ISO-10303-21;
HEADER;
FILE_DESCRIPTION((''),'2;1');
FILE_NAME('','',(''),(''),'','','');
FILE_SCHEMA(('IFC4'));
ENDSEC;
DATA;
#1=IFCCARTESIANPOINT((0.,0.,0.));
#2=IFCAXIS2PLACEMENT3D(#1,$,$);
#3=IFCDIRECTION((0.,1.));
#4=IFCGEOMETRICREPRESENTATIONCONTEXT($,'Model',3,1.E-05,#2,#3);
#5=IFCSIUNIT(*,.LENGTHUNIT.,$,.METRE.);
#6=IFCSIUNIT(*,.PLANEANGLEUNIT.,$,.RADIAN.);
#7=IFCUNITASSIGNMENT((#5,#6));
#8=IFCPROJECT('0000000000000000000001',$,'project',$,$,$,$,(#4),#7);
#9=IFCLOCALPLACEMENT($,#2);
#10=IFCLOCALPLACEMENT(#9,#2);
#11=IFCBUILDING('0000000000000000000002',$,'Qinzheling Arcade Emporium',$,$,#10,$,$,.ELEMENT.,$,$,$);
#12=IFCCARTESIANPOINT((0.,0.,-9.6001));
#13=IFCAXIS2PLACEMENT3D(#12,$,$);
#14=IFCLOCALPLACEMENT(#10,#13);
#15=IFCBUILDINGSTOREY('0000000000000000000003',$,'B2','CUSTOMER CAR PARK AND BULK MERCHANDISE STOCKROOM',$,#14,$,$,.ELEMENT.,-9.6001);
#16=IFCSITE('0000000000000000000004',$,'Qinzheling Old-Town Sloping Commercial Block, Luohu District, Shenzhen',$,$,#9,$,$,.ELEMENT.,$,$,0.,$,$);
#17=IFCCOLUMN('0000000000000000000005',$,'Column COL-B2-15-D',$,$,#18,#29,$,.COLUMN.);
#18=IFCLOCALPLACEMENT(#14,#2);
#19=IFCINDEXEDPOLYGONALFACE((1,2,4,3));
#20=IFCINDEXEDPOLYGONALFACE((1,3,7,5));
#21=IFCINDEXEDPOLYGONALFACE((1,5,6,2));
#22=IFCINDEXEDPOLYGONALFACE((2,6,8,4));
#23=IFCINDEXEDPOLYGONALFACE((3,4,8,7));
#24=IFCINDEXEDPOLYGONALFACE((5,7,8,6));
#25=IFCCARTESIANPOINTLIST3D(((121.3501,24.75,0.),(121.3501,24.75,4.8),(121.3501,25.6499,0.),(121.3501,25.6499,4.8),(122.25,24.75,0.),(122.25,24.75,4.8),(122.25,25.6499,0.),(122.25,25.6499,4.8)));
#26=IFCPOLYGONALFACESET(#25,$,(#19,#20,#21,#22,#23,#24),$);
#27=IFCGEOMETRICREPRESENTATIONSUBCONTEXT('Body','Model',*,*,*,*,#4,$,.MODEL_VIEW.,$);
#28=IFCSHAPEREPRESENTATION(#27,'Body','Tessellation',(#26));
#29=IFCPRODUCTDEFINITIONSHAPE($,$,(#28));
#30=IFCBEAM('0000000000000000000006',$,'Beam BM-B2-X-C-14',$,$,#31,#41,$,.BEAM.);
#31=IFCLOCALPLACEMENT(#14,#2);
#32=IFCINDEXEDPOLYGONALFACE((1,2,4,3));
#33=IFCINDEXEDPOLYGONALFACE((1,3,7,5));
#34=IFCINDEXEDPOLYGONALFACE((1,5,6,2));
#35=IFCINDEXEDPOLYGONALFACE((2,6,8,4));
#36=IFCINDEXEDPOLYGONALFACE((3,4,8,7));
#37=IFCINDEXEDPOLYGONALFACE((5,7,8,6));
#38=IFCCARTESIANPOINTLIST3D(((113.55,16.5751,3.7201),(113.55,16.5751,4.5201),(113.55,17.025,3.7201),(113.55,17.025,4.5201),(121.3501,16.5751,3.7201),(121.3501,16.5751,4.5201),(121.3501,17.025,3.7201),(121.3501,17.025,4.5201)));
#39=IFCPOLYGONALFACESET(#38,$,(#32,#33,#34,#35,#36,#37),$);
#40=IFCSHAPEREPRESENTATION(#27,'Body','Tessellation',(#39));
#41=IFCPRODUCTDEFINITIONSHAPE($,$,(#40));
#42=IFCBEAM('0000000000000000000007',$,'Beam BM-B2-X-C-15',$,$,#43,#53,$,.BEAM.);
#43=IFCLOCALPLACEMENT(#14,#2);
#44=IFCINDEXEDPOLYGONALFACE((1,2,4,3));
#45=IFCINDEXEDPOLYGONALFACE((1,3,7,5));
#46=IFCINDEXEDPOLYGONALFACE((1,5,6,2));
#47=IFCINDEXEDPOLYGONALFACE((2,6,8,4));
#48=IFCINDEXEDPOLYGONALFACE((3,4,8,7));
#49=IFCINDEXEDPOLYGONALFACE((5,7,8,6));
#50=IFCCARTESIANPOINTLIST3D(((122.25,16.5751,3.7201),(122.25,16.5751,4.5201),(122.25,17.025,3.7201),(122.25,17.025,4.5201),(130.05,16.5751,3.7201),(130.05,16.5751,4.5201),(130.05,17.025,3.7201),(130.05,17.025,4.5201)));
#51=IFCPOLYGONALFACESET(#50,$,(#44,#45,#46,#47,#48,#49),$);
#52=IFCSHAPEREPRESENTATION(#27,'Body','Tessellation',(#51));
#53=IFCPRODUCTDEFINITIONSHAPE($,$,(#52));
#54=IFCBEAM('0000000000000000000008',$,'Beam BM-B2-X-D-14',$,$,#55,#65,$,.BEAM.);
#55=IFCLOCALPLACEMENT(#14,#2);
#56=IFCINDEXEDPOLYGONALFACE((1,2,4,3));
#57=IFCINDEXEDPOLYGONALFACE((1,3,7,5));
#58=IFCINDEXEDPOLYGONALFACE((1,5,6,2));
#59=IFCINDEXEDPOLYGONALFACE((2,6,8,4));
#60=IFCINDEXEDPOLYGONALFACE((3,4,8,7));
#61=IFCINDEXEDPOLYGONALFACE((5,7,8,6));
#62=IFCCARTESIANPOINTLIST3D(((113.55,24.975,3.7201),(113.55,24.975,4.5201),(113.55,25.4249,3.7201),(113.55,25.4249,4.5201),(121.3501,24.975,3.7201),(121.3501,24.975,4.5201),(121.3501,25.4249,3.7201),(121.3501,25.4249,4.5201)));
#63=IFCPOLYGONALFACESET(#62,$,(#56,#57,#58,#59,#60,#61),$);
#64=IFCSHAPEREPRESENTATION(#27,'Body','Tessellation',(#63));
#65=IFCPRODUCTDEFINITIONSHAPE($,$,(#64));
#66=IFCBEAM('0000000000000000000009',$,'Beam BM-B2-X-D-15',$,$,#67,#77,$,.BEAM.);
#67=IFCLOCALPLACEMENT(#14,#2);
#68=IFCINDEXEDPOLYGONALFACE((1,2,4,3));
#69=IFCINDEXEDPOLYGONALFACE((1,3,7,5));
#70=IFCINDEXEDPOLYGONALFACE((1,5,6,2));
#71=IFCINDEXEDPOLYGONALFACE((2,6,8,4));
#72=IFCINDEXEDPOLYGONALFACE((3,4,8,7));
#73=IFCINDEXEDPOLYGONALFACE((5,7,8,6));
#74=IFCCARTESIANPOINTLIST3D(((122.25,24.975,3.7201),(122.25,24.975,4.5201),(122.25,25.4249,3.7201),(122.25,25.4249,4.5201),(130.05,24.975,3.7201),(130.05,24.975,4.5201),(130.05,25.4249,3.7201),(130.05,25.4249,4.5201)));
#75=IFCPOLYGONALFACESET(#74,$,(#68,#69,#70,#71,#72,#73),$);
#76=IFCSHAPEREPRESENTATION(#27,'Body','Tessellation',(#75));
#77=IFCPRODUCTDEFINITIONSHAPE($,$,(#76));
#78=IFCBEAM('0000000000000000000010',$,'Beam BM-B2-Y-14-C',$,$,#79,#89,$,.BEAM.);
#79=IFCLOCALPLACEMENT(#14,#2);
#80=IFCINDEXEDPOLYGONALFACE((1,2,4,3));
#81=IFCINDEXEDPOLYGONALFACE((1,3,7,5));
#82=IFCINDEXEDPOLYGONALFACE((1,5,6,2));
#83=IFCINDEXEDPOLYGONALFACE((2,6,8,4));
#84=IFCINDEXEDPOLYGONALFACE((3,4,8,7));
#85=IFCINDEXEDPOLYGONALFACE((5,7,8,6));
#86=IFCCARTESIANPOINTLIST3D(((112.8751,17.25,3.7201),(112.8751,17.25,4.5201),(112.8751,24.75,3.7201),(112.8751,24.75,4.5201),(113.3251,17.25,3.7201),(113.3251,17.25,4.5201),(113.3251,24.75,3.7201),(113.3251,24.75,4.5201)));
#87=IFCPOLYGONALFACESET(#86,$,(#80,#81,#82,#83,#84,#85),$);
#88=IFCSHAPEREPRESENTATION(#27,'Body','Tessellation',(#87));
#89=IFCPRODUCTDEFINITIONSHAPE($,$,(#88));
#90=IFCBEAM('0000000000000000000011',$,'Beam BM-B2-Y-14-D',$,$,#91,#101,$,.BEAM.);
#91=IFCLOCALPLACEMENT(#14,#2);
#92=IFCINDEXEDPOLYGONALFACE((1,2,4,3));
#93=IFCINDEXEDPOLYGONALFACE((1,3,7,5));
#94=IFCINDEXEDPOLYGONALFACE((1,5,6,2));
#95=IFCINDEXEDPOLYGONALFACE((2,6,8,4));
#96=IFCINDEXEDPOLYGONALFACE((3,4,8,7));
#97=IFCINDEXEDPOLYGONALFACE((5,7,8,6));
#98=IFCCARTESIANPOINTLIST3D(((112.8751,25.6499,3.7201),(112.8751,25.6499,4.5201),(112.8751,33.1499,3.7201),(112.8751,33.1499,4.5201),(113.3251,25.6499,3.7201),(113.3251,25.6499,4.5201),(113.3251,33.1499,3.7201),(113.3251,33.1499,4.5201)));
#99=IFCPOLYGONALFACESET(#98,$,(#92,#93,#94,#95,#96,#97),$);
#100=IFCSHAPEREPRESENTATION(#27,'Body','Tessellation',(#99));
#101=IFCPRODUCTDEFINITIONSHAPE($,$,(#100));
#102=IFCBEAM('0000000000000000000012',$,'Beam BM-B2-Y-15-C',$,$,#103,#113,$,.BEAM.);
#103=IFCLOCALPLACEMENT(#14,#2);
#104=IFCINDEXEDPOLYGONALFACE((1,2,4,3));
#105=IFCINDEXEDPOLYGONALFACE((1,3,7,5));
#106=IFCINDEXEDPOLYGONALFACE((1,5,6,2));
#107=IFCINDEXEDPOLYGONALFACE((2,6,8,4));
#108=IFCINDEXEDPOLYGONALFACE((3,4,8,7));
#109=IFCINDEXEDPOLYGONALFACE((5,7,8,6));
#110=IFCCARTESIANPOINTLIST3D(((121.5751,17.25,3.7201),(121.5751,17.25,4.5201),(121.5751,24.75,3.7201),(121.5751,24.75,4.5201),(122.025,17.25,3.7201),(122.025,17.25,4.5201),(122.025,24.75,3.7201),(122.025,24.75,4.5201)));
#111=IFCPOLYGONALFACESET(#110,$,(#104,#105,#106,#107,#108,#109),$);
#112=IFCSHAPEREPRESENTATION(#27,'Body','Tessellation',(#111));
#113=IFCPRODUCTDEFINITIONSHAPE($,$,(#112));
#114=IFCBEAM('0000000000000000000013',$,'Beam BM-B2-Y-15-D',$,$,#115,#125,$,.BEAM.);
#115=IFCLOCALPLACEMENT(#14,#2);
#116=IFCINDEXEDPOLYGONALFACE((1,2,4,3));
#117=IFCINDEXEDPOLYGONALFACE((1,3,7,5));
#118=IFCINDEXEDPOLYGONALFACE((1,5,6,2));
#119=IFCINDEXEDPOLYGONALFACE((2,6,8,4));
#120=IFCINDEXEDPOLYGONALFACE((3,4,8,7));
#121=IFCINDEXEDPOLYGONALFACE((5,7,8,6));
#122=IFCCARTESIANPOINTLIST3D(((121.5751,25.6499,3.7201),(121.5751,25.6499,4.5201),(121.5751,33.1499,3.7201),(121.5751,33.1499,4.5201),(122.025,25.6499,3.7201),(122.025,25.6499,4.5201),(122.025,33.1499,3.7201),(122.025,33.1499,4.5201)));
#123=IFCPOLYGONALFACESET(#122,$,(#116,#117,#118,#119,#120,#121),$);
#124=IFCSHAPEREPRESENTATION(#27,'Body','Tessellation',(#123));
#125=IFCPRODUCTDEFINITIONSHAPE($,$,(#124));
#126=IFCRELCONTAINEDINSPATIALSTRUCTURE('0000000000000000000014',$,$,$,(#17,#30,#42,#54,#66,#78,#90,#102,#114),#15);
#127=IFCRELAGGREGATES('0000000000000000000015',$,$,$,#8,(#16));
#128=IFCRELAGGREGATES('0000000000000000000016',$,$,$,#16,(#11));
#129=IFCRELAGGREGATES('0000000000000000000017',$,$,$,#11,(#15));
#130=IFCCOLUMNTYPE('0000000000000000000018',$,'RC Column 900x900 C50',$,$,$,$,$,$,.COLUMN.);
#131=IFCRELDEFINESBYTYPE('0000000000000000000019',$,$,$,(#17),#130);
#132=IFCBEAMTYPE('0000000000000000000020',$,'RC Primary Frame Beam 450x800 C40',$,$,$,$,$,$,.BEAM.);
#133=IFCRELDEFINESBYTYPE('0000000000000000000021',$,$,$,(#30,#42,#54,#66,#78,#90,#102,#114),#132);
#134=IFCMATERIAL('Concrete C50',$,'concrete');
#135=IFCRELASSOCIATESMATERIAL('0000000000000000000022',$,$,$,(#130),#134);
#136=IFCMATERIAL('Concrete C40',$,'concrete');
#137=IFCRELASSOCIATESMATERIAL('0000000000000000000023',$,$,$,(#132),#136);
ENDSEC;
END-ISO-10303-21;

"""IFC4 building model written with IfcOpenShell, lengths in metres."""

from ifc_helpers import new_model, si_unit, direction, frame, origin, origin_2d, place, context, subcontext, project, spatial, rectangle, extrude, material, material_profile, profile_set, type_object, element, save


model = new_model("IFC4")

# Units and contexts
model_context = context("Model", 3, precision=1e-05, world=origin(), true_north=direction((0.0, 1.0)))
body_context = subcontext(model_context, "Body", "Model", "MODEL_VIEW")
ifc_project = project(units=[si_unit("LENGTHUNIT", "METRE"), si_unit("PLANEANGLEUNIT", "RADIAN")], contexts=[model_context])

# Site, building, storey
site_placement = place(None, origin())
site = spatial("IfcSite", under=ifc_project, at=site_placement, Name="Qinzheling Old-Town Sloping Commercial Block, Luohu District, Shenzhen", CompositionType="ELEMENT", RefElevation=0.0)
building_placement = place(site_placement, origin())
building = spatial("IfcBuilding", under=site, at=building_placement, Name="Qinzheling Arcade Emporium", CompositionType="ELEMENT")
storey_placement = place(building_placement, frame((0.0, 0.0, -9.6001)))
storey = spatial("IfcBuildingStorey", under=building, at=storey_placement, Name="B2", Description="CUSTOMER CAR PARK AND BULK MERCHANDISE STOCKROOM", CompositionType="ELEMENT", Elevation=-9.6001)

# Shared definitions
ifc_material_1 = material(Name="Concrete C40", Category="concrete")

# Column
ifc_material_2 = material(Name="Concrete C50", Category="concrete")
ifc_material_profile_1 = material_profile(ifc_material_2, rectangle(XDim=0.8999, YDim=0.8999, at=origin_2d()), Name="RC 900x900", Category="concrete")
ifc_profile_set_1 = profile_set([ifc_material_profile_1], Name="Concrete C50")
column_type = type_object("IfcColumnType", Name="RC Column 900x900 C50", PredefinedType="COLUMN", material=ifc_profile_set_1)
for number, where, z_axis, x_axis, name in (
    (1, (121.8, 25.2, 0.0), (0.0, 0.0, 1.0), (1.0, 0.0, 0.0), "Column COL-B2-15-D"),
):
    element("IfcColumn", number, at=place(storey_placement, frame(where, z_axis=z_axis, x_axis=x_axis)), inside=storey, type_object=column_type, Name=name, PredefinedType="COLUMN", context=body_context, shape_type="SweptSolid", body=[
        extrude(rectangle(XDim=0.8999, YDim=0.8999, at=origin_2d()), origin(), (0.0, 0.0, 1.0), 4.8),
    ])

# Beams
ifc_material_profile_2 = material_profile(ifc_material_1, rectangle(XDim=0.45, YDim=0.8, at=origin_2d()), Name="RC 450x800", Category="concrete")
ifc_profile_set_2 = profile_set([ifc_material_profile_2], Name="Concrete C40")
beam_type = type_object("IfcBeamType", Name="RC Primary Frame Beam 450x800 C40", PredefinedType="BEAM", material=ifc_profile_set_2)
for number, where, z_axis, x_axis, name in (
    (2, (113.55, 16.8, 4.1201), (1.0, 0.0, 0.0), (0.0, 1.0, 0.0), "Beam BM-B2-X-C-14"),
    (3, (122.25, 16.8, 4.1201), (1.0, 0.0, 0.0), (0.0, 1.0, 0.0), "Beam BM-B2-X-C-15"),
    (4, (113.55, 25.2, 4.1201), (1.0, 0.0, 0.0), (0.0, 1.0, 0.0), "Beam BM-B2-X-D-14"),
    (5, (122.25, 25.2, 4.1201), (1.0, 0.0, 0.0), (0.0, 1.0, 0.0), "Beam BM-B2-X-D-15"),
):
    element("IfcBeam", number, at=place(storey_placement, frame(where, z_axis=z_axis, x_axis=x_axis)), inside=storey, type_object=beam_type, Name=name, PredefinedType="BEAM", context=body_context, shape_type="SweptSolid", body=[
        extrude(rectangle(XDim=0.45, YDim=0.8, at=origin_2d()), origin(), (0.0, 0.0, 1.0), 7.8),
    ])
for number, where, z_axis, x_axis, name in (
    (6, (113.1001, 17.25, 4.1201), (0.0, 1.0, 0.0), (-1.0, 0.0, 0.0), "Beam BM-B2-Y-14-C"),
    (7, (113.1001, 25.6499, 4.1201), (0.0, 1.0, 0.0), (-1.0, 0.0, 0.0), "Beam BM-B2-Y-14-D"),
    (8, (121.8, 17.25, 4.1201), (0.0, 1.0, 0.0), (-1.0, 0.0, 0.0), "Beam BM-B2-Y-15-C"),
    (9, (121.8, 25.6499, 4.1201), (0.0, 1.0, 0.0), (-1.0, 0.0, 0.0), "Beam BM-B2-Y-15-D"),
):
    element("IfcBeam", number, at=place(storey_placement, frame(where, z_axis=z_axis, x_axis=x_axis)), inside=storey, type_object=beam_type, Name=name, PredefinedType="BEAM", context=body_context, shape_type="SweptSolid", body=[
        extrude(rectangle(XDim=0.45, YDim=0.8, at=origin_2d()), origin(), (0.0, 0.0, 1.0), 7.5),
    ])

save(model, "model.ifc")
